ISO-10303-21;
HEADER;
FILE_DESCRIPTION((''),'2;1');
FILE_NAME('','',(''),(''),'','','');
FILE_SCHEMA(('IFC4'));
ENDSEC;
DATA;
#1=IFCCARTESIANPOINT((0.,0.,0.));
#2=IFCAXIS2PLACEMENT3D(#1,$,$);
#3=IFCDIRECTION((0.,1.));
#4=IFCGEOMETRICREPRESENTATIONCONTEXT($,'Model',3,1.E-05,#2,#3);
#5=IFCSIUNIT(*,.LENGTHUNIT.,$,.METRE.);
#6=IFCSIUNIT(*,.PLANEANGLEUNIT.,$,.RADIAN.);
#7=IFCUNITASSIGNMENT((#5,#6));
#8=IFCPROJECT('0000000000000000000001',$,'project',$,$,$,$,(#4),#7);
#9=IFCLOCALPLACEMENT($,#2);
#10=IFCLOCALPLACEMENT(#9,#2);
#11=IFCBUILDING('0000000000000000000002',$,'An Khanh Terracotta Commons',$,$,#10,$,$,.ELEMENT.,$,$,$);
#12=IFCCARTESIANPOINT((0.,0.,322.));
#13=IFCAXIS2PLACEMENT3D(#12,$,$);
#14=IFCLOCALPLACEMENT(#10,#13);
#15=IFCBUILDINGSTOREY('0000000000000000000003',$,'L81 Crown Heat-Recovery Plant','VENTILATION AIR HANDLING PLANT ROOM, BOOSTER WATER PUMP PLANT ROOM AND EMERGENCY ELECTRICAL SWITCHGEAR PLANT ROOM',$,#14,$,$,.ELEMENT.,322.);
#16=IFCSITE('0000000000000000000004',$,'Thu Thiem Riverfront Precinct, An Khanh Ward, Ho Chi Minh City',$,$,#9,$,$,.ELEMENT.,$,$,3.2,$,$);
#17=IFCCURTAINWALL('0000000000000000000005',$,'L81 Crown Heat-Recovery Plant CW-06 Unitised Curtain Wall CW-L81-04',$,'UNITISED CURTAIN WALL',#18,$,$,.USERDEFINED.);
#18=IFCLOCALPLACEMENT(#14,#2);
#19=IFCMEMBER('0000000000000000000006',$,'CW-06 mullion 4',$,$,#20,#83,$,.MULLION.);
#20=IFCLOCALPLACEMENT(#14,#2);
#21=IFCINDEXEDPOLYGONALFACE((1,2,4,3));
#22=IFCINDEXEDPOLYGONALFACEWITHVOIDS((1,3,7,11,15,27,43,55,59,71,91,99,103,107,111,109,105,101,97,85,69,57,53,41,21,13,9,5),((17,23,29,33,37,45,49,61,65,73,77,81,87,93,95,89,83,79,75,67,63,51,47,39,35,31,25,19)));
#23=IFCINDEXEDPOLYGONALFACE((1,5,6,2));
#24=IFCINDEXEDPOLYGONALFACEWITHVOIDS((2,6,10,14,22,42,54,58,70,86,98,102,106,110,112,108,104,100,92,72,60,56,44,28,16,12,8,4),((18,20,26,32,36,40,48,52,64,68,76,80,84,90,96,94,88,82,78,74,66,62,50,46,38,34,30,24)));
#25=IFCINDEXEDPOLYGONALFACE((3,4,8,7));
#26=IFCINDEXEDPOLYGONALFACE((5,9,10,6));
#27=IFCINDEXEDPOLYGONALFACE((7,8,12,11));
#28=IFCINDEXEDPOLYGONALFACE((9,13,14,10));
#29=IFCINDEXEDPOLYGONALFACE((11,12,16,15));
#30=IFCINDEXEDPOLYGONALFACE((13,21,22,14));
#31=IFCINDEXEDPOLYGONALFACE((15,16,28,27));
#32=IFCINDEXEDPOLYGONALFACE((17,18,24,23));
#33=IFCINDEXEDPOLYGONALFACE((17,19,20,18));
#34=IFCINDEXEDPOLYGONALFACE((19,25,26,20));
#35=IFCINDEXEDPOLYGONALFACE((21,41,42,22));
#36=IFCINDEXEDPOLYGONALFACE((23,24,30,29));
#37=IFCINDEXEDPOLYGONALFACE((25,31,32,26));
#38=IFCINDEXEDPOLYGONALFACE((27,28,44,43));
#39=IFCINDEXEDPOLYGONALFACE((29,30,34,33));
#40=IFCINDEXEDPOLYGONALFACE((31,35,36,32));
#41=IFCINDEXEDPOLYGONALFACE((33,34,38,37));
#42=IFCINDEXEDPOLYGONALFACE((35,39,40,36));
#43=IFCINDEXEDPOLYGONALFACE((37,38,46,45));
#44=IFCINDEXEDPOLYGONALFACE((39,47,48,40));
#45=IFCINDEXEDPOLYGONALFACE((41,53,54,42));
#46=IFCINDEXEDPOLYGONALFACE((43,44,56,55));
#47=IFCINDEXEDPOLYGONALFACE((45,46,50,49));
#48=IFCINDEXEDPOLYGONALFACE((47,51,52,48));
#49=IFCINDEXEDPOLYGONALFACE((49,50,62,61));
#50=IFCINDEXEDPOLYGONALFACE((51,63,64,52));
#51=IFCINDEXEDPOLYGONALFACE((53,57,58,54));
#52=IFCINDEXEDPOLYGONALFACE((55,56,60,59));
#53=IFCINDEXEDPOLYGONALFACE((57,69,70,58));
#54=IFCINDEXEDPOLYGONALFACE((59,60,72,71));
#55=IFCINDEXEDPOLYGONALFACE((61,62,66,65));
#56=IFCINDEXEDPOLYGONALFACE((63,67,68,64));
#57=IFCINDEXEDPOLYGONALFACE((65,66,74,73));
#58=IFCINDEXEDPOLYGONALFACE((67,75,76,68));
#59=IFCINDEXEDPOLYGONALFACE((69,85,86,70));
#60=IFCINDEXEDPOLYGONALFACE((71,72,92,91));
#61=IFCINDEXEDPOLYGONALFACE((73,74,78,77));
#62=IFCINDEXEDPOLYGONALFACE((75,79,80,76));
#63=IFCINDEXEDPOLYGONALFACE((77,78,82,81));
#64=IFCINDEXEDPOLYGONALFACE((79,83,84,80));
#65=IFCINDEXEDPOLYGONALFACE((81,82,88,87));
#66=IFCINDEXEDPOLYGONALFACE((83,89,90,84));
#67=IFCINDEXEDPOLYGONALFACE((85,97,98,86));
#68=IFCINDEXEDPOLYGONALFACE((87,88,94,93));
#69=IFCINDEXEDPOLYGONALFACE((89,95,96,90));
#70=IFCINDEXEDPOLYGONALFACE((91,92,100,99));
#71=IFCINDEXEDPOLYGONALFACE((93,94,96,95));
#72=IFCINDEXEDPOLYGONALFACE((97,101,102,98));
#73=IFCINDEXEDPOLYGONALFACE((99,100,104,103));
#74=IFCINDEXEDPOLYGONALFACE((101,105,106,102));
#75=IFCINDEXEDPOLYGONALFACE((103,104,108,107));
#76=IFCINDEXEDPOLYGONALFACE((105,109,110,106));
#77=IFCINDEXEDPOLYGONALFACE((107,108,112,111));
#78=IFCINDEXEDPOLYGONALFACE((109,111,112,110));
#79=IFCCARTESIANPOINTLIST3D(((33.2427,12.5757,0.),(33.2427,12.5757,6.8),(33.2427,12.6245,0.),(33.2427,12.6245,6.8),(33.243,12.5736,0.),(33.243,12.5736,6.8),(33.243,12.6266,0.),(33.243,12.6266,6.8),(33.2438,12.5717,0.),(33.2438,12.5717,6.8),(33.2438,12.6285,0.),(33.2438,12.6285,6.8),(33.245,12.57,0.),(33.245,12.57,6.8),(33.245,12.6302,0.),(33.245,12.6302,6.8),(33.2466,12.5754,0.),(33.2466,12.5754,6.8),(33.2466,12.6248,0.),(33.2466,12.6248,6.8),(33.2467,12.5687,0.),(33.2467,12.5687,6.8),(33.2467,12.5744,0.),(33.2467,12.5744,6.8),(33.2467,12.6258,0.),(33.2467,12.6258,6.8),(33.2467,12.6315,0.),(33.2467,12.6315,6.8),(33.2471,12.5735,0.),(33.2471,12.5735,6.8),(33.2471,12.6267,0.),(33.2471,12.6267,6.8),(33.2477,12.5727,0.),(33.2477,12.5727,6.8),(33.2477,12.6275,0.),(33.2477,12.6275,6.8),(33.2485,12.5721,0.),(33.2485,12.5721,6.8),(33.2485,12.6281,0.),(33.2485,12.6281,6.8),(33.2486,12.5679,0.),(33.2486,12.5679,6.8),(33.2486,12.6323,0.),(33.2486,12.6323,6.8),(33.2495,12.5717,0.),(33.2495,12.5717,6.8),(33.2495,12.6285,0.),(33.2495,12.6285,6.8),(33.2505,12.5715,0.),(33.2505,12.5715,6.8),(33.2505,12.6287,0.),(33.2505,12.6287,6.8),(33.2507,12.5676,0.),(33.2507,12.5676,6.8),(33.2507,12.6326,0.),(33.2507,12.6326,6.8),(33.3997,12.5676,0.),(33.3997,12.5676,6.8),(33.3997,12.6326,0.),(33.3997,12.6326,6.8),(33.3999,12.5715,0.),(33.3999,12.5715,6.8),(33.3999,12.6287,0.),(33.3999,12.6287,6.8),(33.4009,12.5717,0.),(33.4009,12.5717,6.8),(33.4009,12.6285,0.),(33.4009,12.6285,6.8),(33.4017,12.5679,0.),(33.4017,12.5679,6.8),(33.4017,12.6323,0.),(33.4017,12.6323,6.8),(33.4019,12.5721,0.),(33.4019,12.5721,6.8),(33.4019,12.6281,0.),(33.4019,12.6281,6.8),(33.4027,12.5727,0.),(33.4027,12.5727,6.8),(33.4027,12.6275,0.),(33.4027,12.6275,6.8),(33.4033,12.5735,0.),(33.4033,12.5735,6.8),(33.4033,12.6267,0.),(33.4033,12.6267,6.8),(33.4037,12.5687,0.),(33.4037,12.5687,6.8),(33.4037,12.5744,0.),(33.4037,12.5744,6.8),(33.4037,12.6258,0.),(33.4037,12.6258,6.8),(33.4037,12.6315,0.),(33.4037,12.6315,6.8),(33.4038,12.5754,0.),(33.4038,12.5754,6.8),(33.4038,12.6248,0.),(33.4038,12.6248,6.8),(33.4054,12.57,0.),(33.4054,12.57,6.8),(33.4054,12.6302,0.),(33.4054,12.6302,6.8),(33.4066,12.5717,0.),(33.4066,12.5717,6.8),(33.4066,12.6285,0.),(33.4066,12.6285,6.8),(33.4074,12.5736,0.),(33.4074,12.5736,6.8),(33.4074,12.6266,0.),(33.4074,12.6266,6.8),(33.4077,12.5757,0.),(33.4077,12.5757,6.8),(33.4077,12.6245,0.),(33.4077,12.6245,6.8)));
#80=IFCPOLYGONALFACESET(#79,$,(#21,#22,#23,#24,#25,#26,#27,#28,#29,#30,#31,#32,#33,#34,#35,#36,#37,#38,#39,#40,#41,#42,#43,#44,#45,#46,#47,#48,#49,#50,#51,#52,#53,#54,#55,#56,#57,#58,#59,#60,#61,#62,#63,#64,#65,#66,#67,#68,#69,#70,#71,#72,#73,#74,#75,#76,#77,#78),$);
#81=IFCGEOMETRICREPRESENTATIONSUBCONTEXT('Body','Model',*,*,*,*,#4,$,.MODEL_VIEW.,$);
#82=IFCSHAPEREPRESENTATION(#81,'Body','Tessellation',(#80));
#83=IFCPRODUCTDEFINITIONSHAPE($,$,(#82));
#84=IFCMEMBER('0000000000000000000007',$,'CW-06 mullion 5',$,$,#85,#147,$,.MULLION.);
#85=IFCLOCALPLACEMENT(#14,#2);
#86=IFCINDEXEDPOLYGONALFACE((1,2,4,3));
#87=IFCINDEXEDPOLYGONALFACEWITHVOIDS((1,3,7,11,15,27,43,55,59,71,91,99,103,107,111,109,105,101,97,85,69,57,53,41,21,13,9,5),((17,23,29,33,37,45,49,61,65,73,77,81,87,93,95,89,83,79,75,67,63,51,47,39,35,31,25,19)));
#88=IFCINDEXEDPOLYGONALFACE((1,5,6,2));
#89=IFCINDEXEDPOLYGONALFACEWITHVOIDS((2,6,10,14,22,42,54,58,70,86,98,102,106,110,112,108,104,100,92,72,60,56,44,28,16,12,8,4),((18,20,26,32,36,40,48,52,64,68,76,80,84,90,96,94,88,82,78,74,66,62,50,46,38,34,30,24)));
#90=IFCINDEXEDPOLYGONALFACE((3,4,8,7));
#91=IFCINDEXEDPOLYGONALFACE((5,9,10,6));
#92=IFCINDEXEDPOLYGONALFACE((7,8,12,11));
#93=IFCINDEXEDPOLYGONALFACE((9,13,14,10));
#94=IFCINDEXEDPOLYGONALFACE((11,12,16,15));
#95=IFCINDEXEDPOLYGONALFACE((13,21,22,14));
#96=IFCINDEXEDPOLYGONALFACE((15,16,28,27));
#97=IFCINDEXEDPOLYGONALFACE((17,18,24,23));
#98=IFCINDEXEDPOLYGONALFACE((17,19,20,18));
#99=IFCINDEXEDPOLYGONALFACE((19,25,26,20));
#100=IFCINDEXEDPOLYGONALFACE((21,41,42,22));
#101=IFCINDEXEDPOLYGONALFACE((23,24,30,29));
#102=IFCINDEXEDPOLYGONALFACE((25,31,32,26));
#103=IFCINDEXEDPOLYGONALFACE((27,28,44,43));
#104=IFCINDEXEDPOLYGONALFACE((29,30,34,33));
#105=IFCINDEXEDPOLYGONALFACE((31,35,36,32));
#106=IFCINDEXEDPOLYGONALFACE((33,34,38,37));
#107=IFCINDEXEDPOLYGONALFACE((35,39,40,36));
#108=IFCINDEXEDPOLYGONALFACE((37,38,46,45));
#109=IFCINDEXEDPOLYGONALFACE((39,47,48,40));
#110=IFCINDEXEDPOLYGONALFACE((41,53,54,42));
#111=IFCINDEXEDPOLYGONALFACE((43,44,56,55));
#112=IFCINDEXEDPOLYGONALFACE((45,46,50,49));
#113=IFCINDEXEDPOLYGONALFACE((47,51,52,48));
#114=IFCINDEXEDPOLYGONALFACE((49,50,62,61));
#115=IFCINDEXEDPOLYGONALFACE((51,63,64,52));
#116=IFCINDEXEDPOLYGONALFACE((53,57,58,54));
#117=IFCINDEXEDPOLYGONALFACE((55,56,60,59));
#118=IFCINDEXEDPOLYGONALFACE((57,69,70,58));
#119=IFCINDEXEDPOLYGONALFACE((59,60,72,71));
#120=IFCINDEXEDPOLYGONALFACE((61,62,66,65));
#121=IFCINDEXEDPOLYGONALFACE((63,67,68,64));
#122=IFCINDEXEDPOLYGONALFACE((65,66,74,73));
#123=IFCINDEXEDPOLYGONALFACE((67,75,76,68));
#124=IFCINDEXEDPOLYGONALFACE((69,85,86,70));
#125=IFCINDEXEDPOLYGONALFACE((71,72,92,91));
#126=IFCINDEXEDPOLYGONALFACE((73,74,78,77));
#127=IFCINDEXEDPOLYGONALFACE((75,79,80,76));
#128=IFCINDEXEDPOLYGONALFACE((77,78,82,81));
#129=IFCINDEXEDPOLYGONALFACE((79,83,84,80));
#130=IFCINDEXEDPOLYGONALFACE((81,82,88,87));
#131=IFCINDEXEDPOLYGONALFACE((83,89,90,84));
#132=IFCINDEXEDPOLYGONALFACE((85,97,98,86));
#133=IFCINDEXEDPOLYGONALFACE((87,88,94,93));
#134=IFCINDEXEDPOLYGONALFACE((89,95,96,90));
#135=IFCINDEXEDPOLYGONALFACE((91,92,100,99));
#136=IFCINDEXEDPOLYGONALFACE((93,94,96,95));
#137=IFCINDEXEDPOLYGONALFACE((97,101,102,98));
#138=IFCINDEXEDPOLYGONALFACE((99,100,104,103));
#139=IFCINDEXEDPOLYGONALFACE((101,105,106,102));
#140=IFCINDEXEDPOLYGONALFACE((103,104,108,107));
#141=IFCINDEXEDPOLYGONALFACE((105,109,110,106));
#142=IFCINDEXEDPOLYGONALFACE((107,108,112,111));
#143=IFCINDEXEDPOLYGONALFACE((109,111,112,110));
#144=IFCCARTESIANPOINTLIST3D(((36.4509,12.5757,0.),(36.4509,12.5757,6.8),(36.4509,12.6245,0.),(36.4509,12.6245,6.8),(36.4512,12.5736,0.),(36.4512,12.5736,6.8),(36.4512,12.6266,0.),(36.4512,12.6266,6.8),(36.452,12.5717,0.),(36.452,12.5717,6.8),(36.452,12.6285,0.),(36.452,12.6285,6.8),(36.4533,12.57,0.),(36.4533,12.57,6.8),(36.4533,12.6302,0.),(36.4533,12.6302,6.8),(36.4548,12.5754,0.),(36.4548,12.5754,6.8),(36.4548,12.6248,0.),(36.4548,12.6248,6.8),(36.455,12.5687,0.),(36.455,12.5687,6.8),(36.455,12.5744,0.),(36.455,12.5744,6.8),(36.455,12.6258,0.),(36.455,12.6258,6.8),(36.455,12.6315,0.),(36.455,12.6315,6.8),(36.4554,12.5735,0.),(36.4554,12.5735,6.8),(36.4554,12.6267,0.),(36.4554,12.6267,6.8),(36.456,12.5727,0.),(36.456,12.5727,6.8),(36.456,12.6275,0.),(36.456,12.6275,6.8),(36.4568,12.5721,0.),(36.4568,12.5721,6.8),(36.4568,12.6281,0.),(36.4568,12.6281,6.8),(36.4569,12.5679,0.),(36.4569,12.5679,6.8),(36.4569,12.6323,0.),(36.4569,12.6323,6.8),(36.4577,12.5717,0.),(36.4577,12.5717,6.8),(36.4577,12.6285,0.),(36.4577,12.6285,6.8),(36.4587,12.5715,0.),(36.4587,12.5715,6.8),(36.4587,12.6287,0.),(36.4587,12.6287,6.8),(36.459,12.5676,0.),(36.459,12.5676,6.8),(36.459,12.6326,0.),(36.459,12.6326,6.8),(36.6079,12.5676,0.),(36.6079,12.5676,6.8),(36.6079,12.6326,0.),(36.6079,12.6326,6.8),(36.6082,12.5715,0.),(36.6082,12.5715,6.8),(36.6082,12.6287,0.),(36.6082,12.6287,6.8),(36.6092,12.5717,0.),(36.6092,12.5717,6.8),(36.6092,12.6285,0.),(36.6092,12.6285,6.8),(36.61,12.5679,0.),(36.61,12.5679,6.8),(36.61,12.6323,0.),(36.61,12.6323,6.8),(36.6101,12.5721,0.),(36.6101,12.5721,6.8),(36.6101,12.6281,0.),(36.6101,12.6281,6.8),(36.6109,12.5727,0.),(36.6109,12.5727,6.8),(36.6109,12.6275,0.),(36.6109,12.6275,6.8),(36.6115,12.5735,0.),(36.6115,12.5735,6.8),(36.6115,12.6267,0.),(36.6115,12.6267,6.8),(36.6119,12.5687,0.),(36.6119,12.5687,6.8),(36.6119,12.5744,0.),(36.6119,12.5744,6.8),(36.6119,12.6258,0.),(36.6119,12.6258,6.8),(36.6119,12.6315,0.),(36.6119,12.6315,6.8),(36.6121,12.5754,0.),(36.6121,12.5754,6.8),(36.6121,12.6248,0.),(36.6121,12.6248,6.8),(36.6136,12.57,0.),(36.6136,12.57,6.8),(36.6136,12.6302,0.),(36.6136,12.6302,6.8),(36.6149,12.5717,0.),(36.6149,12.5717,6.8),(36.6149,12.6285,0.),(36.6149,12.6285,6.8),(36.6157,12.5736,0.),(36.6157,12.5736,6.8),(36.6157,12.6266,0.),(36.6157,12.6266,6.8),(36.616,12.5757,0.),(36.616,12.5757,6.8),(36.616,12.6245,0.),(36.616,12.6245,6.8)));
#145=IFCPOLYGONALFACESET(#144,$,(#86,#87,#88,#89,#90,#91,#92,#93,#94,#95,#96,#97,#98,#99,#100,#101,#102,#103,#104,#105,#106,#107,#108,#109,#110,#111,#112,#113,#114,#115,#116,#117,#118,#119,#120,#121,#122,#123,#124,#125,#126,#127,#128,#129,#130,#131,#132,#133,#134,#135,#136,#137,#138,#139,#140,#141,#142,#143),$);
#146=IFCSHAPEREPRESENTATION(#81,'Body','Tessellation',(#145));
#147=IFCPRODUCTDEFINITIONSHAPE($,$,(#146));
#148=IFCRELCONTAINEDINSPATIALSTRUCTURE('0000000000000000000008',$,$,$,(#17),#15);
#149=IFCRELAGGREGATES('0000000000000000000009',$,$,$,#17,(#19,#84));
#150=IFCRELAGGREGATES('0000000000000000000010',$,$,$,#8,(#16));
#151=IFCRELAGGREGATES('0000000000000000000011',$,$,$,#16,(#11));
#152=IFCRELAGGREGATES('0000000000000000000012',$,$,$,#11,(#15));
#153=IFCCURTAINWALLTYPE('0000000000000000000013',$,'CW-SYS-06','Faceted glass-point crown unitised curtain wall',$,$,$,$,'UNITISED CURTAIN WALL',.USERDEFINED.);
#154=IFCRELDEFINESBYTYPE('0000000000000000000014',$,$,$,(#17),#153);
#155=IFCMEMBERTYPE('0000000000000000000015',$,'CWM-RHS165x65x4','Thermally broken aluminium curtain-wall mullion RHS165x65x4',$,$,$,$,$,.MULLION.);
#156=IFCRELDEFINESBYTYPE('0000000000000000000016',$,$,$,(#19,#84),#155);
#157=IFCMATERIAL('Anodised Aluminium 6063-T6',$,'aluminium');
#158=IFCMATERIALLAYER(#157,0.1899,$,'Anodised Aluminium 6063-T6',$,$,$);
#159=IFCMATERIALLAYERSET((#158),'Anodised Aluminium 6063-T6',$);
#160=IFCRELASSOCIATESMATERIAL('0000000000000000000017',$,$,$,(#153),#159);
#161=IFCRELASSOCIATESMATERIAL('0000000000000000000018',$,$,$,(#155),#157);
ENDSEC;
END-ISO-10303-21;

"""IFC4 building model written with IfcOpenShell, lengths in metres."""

from ifc_helpers import new_model, si_unit, direction, frame, origin, origin_2d, place, context, subcontext, project, spatial, hollow_rectangle, extrude, material, layer, layer_set, material_profile, profile_set, type_object, element, aggregate, save


model = new_model("IFC4")

# Units and contexts
model_context = context("Model", 3, precision=1e-05, world=origin(), true_north=direction((0.0, 1.0)))
body_context = subcontext(model_context, "Body", "Model", "MODEL_VIEW")
ifc_project = project(units=[si_unit("LENGTHUNIT", "METRE"), si_unit("PLANEANGLEUNIT", "RADIAN")], contexts=[model_context])

# Site, building, storey
site_placement = place(None, origin())
site = spatial("IfcSite", under=ifc_project, at=site_placement, Name="Thu Thiem Riverfront Precinct, An Khanh Ward, Ho Chi Minh City", CompositionType="ELEMENT", RefElevation=3.2)
building_placement = place(site_placement, origin())
building = spatial("IfcBuilding", under=site, at=building_placement, Name="An Khanh Terracotta Commons", CompositionType="ELEMENT")
storey_placement = place(building_placement, frame((0.0, 0.0, 322.0)))
storey = spatial("IfcBuildingStorey", under=building, at=storey_placement, Name="L81 Crown Heat-Recovery Plant", Description="VENTILATION AIR HANDLING PLANT ROOM, BOOSTER WATER PUMP PLANT ROOM AND EMERGENCY ELECTRICAL SWITCHGEAR PLANT ROOM", CompositionType="ELEMENT", Elevation=322.0)

# Curtain wall, members
ifc_material_1 = material(Name="Anodised Aluminium 6063-T6", Category="aluminium")
ifc_layer_1 = layer(ifc_material_1, 0.1899, Name="Anodised Aluminium 6063-T6")
ifc_layer_set_1 = layer_set([ifc_layer_1], Name="Anodised Aluminium 6063-T6")
curtain_wall_type = type_object("IfcCurtainWallType", Name="CW-SYS-06", Description="Faceted glass-point crown unitised curtain wall", ElementType="UNITISED CURTAIN WALL", PredefinedType="USERDEFINED", material=ifc_layer_set_1)
curtain_wall_placement = place(storey_placement, origin())
curtain_wall = element("IfcCurtainWall", 1, at=curtain_wall_placement, inside=storey, type_object=curtain_wall_type, Name="L81 Crown Heat-Recovery Plant CW-06 Unitised Curtain Wall CW-L81-04", ObjectType="UNITISED CURTAIN WALL", PredefinedType="USERDEFINED")
ifc_material_profile_1 = material_profile(ifc_material_1, hollow_rectangle(XDim=0.0649, YDim=0.165, WallThickness=0.0039, InnerFilletRadius=0.0039, OuterFilletRadius=0.0081, at=origin_2d()), Name="RHS165x65x4")
ifc_profile_set_1 = profile_set([ifc_material_profile_1], Name="Anodised Aluminium 6063-T6")
member_type_1 = type_object("IfcMemberType", Name="CWM-RHS165x65x4", Description="Thermally broken aluminium curtain-wall mullion RHS165x65x4", PredefinedType="MULLION", material=ifc_profile_set_1)
member_1_placement = place(storey_placement, frame((33.3252, 12.6001, 0.0), z_axis=(0.0, 0.0, 1.0), x_axis=(0.0, 1.0, 0.0)))
member_1 = element("IfcMember", 2, at=member_1_placement, type_object=member_type_1, Name="CW-06 mullion 4", PredefinedType="MULLION", context=body_context, shape_type="SweptSolid", body=[
    extrude(hollow_rectangle(XDim=0.0649, YDim=0.165, WallThickness=0.0039, InnerFilletRadius=0.0039, OuterFilletRadius=0.0081, at=origin_2d()), origin(), (0.0, 0.0, 1.0), 6.8),
])
member_2_placement = place(storey_placement, frame((36.5334, 12.6001, 0.0), z_axis=(0.0, 0.0, 1.0), x_axis=(0.0, 1.0, 0.0)))
member_2 = element("IfcMember", 3, at=member_2_placement, type_object=member_type_1, Name="CW-06 mullion 5", PredefinedType="MULLION", context=body_context, shape_type="SweptSolid", body=[
    extrude(hollow_rectangle(XDim=0.0649, YDim=0.165, WallThickness=0.0039, InnerFilletRadius=0.0039, OuterFilletRadius=0.0081, at=origin_2d()), origin(), (0.0, 0.0, 1.0), 6.8),
])
aggregate(curtain_wall, [member_1, member_2])

save(model, "model.ifc")
